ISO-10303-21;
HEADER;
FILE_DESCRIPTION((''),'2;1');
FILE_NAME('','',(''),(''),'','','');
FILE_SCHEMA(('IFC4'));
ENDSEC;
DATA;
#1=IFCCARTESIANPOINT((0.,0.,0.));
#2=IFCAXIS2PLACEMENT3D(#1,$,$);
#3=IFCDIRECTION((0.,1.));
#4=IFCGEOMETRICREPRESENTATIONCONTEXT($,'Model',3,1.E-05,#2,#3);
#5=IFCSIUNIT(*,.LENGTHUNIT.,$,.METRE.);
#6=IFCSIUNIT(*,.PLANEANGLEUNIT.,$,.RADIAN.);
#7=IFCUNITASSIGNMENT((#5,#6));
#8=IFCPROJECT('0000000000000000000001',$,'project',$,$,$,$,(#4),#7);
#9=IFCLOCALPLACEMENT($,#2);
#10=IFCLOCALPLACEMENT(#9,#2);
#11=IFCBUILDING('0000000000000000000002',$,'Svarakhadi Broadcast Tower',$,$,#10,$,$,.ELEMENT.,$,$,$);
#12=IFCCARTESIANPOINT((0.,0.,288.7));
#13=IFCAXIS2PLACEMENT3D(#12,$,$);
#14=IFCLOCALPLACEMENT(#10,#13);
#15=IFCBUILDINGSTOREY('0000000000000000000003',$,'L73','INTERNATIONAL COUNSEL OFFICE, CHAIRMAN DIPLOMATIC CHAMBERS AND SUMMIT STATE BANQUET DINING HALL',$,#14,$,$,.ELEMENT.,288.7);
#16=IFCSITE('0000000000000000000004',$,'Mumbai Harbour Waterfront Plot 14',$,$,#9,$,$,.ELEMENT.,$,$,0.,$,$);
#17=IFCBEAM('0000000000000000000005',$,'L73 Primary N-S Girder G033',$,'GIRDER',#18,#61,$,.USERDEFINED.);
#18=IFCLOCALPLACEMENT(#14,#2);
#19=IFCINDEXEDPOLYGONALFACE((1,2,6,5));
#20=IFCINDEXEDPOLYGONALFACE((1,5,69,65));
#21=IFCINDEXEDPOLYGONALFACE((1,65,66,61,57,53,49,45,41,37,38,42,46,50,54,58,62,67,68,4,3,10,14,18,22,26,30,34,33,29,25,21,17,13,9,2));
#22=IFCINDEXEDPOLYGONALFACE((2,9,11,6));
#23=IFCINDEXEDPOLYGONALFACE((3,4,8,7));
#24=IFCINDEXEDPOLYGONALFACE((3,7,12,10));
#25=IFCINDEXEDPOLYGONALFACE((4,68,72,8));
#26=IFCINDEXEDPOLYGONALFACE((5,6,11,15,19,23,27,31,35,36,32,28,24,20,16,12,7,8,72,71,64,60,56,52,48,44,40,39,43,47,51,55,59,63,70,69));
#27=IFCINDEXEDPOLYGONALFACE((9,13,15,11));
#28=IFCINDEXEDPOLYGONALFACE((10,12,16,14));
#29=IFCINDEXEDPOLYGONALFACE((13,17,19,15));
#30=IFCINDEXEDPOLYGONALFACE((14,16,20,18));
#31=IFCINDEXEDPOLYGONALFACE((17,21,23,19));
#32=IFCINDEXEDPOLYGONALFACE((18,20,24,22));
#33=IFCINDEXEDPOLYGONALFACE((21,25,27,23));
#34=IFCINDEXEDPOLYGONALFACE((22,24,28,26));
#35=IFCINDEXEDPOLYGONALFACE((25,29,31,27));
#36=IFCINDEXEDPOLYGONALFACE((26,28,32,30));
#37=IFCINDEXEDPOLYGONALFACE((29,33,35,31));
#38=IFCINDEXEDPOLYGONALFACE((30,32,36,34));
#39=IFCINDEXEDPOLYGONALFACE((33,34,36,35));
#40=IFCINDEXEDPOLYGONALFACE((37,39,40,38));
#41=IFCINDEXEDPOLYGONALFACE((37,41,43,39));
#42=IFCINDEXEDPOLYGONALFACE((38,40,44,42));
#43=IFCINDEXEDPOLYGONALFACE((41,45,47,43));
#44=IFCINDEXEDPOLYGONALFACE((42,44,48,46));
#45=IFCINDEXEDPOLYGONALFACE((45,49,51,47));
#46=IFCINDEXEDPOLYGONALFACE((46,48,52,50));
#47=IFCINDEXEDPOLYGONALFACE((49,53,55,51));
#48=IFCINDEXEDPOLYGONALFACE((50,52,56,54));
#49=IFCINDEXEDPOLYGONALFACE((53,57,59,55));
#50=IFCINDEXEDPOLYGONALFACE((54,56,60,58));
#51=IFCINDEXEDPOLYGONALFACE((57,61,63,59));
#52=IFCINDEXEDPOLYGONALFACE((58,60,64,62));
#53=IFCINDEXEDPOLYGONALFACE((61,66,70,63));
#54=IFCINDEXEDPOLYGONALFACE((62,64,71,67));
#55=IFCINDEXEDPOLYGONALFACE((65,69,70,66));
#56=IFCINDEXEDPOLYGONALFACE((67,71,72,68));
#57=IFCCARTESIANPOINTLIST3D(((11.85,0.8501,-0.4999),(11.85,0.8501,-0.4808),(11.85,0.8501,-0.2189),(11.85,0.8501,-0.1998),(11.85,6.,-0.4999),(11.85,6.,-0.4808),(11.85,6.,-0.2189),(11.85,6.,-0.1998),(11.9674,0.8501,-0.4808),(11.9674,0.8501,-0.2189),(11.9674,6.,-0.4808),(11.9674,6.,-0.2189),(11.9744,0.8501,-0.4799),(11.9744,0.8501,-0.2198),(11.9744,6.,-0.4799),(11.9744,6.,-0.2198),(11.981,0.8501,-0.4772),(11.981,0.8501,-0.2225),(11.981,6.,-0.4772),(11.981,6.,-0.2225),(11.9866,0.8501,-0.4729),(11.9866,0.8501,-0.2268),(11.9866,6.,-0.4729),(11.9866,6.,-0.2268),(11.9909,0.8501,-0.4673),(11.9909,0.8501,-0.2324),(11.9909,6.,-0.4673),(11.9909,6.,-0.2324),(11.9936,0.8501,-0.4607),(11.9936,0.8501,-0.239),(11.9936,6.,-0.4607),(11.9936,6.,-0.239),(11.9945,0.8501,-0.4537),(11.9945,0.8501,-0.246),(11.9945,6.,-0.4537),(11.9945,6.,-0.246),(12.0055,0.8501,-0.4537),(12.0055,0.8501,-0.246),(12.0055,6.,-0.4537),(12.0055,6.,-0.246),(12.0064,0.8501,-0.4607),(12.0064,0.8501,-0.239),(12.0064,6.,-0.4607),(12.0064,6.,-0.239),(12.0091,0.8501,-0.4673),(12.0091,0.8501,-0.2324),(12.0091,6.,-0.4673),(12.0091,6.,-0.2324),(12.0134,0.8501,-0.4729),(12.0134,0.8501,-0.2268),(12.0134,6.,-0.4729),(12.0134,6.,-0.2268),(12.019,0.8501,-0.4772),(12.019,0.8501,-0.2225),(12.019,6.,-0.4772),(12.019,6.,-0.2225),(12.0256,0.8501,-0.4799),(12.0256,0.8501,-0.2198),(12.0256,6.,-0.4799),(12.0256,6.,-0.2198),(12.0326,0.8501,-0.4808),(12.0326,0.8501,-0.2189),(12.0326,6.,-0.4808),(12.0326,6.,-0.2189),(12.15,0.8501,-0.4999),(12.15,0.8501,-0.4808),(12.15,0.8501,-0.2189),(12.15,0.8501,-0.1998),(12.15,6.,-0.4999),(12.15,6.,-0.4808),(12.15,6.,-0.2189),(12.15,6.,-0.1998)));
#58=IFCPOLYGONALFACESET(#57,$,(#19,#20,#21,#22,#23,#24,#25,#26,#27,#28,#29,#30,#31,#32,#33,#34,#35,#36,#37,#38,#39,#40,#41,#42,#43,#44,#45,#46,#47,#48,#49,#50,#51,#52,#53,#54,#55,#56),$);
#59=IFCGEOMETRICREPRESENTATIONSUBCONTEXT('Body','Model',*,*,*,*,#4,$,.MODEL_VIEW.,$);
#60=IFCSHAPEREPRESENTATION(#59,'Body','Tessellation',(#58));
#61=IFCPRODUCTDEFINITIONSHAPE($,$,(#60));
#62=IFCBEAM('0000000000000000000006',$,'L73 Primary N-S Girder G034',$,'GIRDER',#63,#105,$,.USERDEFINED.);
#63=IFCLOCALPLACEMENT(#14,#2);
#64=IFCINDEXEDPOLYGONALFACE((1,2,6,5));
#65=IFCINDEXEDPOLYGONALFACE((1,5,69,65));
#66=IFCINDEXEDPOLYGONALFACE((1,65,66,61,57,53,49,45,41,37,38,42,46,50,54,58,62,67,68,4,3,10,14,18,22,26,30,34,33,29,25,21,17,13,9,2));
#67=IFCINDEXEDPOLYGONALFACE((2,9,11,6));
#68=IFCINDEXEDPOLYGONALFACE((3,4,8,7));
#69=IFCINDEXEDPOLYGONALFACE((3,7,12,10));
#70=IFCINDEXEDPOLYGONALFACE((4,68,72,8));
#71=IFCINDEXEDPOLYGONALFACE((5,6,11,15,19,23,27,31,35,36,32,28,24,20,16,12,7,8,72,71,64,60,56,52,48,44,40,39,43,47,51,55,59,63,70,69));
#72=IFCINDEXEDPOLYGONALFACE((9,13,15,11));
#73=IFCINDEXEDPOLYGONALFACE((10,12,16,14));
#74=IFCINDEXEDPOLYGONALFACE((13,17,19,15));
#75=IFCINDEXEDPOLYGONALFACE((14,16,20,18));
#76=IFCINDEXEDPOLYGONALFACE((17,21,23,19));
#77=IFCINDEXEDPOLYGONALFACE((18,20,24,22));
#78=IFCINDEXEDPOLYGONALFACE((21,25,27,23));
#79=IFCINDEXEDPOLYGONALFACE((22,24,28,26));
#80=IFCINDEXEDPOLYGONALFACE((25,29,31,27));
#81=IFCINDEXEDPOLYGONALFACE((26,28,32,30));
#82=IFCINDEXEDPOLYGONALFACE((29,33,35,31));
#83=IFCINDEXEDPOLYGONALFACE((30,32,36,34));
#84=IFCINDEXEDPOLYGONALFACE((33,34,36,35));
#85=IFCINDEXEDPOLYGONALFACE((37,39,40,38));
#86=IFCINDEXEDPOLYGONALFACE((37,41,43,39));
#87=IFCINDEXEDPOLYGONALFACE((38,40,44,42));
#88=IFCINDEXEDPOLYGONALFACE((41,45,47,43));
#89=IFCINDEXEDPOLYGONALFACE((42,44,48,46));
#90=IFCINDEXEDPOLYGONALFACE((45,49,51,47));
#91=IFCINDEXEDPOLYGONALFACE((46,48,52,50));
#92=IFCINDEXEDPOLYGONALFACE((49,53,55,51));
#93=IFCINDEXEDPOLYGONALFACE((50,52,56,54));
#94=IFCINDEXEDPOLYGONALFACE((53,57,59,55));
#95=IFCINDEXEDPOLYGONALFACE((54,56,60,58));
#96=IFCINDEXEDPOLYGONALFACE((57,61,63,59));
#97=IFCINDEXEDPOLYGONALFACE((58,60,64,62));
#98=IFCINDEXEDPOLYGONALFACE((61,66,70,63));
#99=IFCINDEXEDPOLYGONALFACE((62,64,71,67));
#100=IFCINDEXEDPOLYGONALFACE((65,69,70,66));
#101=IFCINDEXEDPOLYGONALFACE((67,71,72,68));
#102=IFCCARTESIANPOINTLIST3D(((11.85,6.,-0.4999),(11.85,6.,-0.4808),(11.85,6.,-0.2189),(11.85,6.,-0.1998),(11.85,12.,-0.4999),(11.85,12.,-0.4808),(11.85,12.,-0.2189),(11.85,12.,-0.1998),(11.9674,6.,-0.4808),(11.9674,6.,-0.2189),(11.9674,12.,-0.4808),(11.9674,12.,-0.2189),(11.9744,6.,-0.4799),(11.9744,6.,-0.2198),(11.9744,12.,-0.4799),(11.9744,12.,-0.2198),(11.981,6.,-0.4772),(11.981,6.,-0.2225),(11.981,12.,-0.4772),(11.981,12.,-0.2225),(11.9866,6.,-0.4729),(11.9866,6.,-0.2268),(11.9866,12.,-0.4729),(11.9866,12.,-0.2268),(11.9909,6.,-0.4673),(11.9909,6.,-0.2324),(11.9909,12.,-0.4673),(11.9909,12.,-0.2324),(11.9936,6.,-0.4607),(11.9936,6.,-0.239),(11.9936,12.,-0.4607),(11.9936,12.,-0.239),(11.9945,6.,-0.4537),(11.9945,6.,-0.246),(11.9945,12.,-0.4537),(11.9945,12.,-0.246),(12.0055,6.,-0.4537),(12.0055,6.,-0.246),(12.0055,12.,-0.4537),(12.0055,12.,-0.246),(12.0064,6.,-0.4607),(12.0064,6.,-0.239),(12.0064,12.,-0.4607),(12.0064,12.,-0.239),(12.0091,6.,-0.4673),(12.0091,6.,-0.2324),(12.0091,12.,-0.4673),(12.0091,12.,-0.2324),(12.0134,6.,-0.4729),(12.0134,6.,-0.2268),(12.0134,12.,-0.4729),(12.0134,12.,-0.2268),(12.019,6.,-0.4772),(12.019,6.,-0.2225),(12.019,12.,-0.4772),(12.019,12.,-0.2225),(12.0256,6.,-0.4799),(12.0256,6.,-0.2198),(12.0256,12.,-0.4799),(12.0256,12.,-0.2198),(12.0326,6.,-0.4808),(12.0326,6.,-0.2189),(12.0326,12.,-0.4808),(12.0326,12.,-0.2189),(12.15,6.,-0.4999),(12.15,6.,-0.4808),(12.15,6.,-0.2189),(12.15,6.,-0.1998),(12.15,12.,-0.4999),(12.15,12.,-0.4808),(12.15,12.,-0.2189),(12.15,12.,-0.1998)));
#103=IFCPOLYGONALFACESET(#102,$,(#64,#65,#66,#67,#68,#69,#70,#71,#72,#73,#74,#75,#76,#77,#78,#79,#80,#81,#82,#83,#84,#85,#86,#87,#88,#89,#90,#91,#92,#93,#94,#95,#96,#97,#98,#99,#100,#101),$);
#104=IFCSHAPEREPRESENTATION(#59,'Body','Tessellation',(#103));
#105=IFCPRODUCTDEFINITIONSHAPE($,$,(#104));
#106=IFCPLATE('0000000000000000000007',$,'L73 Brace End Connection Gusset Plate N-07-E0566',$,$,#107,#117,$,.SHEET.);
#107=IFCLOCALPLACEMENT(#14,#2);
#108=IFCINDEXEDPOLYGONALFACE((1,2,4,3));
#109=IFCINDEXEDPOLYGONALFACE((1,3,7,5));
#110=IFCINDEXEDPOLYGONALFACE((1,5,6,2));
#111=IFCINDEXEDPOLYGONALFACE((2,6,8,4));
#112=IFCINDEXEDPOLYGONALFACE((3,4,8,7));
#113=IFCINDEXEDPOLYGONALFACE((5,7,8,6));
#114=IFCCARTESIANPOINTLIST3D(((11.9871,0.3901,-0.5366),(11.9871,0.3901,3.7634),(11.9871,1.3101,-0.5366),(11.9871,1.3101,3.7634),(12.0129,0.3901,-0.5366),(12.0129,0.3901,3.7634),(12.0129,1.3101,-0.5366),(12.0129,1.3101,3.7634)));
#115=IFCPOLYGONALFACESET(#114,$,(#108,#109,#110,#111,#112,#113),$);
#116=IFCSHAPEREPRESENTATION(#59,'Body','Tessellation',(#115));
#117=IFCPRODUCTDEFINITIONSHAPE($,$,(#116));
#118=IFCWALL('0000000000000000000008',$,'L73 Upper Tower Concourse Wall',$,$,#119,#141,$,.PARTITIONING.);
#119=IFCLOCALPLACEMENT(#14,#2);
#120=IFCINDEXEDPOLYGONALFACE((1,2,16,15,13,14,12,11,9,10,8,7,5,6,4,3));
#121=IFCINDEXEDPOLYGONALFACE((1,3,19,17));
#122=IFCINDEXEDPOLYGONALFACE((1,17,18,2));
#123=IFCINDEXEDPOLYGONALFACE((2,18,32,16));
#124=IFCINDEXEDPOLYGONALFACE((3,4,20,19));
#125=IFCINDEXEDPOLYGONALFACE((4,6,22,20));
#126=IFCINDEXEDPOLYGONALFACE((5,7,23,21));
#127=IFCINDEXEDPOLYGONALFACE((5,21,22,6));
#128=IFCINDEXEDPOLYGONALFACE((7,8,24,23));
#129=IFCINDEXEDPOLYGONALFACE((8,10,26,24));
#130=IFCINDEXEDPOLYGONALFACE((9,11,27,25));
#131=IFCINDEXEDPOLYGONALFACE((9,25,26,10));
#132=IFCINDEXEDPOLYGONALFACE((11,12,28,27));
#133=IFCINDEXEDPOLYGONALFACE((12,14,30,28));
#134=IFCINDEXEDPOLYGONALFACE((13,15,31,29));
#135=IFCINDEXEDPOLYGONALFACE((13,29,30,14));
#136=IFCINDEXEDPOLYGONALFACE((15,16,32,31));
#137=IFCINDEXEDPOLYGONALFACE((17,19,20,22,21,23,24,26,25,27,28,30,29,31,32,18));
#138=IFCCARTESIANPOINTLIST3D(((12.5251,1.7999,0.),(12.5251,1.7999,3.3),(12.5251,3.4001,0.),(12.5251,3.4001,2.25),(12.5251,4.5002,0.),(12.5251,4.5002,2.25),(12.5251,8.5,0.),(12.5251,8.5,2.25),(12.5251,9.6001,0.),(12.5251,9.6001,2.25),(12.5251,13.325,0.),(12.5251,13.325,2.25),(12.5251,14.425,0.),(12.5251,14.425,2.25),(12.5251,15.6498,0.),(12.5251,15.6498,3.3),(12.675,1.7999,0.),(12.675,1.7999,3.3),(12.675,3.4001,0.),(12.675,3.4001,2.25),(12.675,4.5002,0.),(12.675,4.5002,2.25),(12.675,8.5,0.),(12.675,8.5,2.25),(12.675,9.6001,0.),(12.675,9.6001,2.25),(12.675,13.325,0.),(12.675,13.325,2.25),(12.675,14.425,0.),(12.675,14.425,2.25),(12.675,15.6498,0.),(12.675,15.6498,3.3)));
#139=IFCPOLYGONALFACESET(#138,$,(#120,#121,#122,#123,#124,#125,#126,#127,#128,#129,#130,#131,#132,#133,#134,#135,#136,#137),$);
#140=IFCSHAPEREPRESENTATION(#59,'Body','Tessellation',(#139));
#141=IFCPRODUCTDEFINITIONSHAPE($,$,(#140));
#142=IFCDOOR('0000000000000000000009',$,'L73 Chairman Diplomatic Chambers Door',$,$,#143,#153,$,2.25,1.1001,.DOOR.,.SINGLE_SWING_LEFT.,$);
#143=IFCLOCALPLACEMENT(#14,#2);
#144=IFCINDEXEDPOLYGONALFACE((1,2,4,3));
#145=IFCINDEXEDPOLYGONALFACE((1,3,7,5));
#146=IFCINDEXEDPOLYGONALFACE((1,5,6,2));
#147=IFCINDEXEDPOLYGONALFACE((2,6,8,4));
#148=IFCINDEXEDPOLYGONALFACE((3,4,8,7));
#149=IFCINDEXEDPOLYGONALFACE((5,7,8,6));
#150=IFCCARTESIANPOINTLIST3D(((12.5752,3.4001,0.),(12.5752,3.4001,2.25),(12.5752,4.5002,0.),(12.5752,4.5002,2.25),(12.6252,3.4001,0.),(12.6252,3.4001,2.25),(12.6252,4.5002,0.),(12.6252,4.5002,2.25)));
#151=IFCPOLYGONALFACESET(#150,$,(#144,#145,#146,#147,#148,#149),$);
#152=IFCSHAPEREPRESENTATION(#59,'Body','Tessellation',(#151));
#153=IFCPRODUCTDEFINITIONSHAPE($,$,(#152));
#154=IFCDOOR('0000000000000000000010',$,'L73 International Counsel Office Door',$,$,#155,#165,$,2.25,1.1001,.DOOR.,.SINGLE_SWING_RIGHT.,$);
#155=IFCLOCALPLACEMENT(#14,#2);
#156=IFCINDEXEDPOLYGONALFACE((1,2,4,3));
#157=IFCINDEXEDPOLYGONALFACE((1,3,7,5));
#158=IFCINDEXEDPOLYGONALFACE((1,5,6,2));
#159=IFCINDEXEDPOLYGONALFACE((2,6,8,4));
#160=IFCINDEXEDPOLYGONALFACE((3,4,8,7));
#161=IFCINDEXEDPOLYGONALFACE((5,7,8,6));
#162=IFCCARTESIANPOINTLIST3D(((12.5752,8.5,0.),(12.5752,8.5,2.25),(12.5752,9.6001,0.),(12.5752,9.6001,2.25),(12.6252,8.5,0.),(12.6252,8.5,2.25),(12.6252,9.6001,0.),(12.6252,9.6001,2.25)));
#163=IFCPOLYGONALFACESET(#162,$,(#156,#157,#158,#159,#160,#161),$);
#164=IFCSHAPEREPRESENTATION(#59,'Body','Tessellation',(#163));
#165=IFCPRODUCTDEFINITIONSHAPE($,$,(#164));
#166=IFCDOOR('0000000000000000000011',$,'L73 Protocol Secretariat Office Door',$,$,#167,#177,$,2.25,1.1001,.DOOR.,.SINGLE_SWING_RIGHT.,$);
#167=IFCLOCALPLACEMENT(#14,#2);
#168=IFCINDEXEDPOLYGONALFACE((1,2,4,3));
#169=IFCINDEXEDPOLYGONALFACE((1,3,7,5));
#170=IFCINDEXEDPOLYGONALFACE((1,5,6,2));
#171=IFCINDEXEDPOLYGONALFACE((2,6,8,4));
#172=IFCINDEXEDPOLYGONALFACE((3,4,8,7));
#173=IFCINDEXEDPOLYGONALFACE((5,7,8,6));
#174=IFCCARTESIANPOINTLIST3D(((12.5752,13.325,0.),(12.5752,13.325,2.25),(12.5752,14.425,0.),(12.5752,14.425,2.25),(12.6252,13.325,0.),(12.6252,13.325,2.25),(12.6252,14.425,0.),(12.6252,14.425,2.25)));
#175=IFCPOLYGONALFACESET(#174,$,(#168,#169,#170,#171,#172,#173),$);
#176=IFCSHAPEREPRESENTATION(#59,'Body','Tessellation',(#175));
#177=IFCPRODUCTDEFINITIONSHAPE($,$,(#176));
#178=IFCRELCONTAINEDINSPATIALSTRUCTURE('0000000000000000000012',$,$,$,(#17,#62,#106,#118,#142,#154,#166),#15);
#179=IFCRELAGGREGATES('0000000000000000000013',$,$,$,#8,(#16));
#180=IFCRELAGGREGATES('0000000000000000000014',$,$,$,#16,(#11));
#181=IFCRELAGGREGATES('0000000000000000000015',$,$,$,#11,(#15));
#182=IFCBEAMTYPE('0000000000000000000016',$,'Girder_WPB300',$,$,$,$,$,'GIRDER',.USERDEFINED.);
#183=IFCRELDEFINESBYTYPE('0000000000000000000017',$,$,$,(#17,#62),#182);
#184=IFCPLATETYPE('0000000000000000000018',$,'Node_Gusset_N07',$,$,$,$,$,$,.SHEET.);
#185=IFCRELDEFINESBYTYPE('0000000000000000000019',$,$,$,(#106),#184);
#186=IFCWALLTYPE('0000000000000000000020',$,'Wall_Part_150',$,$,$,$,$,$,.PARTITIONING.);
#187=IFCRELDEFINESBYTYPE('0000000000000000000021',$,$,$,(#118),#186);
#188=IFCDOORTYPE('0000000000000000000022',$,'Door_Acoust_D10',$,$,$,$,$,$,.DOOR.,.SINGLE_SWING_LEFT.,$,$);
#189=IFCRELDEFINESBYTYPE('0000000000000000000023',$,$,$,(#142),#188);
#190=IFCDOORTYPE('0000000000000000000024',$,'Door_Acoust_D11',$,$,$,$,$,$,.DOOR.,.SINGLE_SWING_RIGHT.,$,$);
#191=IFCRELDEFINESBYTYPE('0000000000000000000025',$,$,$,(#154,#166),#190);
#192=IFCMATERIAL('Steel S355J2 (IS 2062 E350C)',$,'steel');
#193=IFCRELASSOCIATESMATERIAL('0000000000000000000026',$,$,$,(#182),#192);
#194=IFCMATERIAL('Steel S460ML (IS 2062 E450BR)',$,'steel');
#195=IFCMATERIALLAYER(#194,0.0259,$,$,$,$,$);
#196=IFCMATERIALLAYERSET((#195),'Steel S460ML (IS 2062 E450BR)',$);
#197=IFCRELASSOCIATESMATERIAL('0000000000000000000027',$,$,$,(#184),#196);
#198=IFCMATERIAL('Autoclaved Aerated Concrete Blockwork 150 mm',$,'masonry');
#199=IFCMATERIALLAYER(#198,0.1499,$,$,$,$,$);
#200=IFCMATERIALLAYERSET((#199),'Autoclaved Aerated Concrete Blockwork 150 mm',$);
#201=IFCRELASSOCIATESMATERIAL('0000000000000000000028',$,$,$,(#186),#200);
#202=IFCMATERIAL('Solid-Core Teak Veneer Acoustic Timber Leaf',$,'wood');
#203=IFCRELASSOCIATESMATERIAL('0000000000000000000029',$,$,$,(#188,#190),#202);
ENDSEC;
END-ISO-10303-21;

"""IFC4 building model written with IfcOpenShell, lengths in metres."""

from ifc_helpers import new_model, si_unit, direction, frame, frame_2d, origin, origin_2d, place, context, subcontext, project, spatial, rectangle, i_section, extrude, material, layer, layer_set, material_profile, profile_set, type_object, element, fill, save


model = new_model("IFC4")

# Units and contexts
model_context = context("Model", 3, precision=1e-05, world=origin(), true_north=direction((0.0, 1.0)))
body_context = subcontext(model_context, "Body", "Model", "MODEL_VIEW")
ifc_project = project(units=[si_unit("LENGTHUNIT", "METRE"), si_unit("PLANEANGLEUNIT", "RADIAN")], contexts=[model_context])

# Site, building, storey
site_placement = place(None, origin())
site = spatial("IfcSite", under=ifc_project, at=site_placement, Name="Mumbai Harbour Waterfront Plot 14", CompositionType="ELEMENT", RefElevation=0.0)
building_placement = place(site_placement, origin())
building = spatial("IfcBuilding", under=site, at=building_placement, Name="Svarakhadi Broadcast Tower", CompositionType="ELEMENT")
storey_placement = place(building_placement, frame((0.0, 0.0, 288.7)))
storey = spatial("IfcBuildingStorey", under=building, at=storey_placement, Name="L73", Description="INTERNATIONAL COUNSEL OFFICE, CHAIRMAN DIPLOMATIC CHAMBERS AND SUMMIT STATE BANQUET DINING HALL", CompositionType="ELEMENT", Elevation=288.7)

# Shared definitions
ifc_material_1 = material(Name="Steel S460ML (IS 2062 E450BR)", Category="steel")

# Shared definitions
ifc_material_2 = material(Name="Steel S355J2 (IS 2062 E350C)", Category="steel")

# Beams
ifc_material_profile_1 = material_profile(ifc_material_2, i_section(OverallWidth=0.3, OverallDepth=0.3, WebThickness=0.011, FlangeThickness=0.019, FilletRadius=0.0271, at=origin_2d()), Name="WPB 300x300x117")
ifc_profile_set_1 = profile_set([ifc_material_profile_1], Name="Steel S355J2 (IS 2062 E350C)")
beam_type_1 = type_object("IfcBeamType", Name="Girder_WPB300", ElementType="GIRDER", PredefinedType="USERDEFINED", material=ifc_profile_set_1)
beam_1_placement = place(storey_placement, frame((12.0, 0.8501, -0.3499), z_axis=(0.0, 1.0, 0.0), x_axis=(-1.0, 0.0, 0.0)))
element("IfcBeam", 1, at=beam_1_placement, inside=storey, type_object=beam_type_1, Name="L73 Primary N-S Girder G033", ObjectType="GIRDER", PredefinedType="USERDEFINED", context=body_context, shape_type="SweptSolid", body=[
    extrude(i_section(OverallWidth=0.3, OverallDepth=0.3, WebThickness=0.011, FlangeThickness=0.019, FilletRadius=0.0271, at=origin_2d()), origin(), (0.0, 0.0, 1.0), 5.1499),
])
beam_2_placement = place(storey_placement, frame((12.0, 6.0, -0.3499), z_axis=(0.0, 1.0, 0.0), x_axis=(-1.0, 0.0, 0.0)))
element("IfcBeam", 2, at=beam_2_placement, inside=storey, type_object=beam_type_1, Name="L73 Primary N-S Girder G034", ObjectType="GIRDER", PredefinedType="USERDEFINED", context=body_context, shape_type="SweptSolid", body=[
    extrude(i_section(OverallWidth=0.3, OverallDepth=0.3, WebThickness=0.011, FlangeThickness=0.019, FilletRadius=0.0271, at=origin_2d()), origin(), (0.0, 0.0, 1.0), 6.0),
])

# Plate
ifc_layer_1 = layer(ifc_material_1, 0.0259)
ifc_layer_set_1 = layer_set([ifc_layer_1], Name="Steel S460ML (IS 2062 E450BR)")
plate_type = type_object("IfcPlateType", Name="Node_Gusset_N07", PredefinedType="SHEET", material=ifc_layer_set_1)
plate_placement = place(storey_placement, frame((12.0, 0.8501, -0.5366), z_axis=(0.0, 0.0, 1.0), x_axis=(0.0, 1.0, 0.0)))
element("IfcPlate", 3, at=plate_placement, inside=storey, type_object=plate_type, Name="L73 Brace End Connection Gusset Plate N-07-E0566", PredefinedType="SHEET", context=body_context, shape_type="SweptSolid", body=[
    extrude(rectangle(XDim=0.9199, YDim=0.0259, at=origin_2d()), origin(), (0.0, 0.0, 1.0), 4.3),
])

# Wall, openings, doors
ifc_material_3 = material(Name="Autoclaved Aerated Concrete Blockwork 150 mm", Category="masonry")
ifc_layer_2 = layer(ifc_material_3, 0.1499)
ifc_layer_set_2 = layer_set([ifc_layer_2], Name="Autoclaved Aerated Concrete Blockwork 150 mm")
wall_type = type_object("IfcWallType", Name="Wall_Part_150", PredefinedType="PARTITIONING", material=ifc_layer_set_2)
wall_placement = place(storey_placement, frame((12.6001, 1.8, 0.0), z_axis=(0.0, 0.0, 1.0), x_axis=(0.0, 1.0, 0.0)))
wall = element("IfcWall", 4, at=wall_placement, inside=storey, type_object=wall_type, Name="L73 Upper Tower Concourse Wall", PredefinedType="PARTITIONING", context=body_context, shape_type="SweptSolid", body=[
    extrude(rectangle(XDim=13.8499, YDim=0.1499, at=frame_2d((6.9248, 0.0))), origin(), (0.0, 0.0, 1.0), 3.3),
])
opening_1_placement = place(wall_placement, frame((1.6001, 0.0, 0.0)))
opening_1 = element("IfcOpeningElement", 5, at=opening_1_placement, cuts=wall, PredefinedType="OPENING", context=body_context, shape_type="SweptSolid", body=[
    extrude(rectangle(XDim=1.1001, YDim=2.25, at=frame_2d((0.55, 1.125))), frame((0.0, 0.085, 0.0), z_axis=(0.0, -1.0, 0.0), x_axis=(1.0, 0.0, 0.0)), (0.0, 0.0, 1.0), 0.1699),
])
opening_2_placement = place(wall_placement, frame((6.7, 0.0, 0.0)))
opening_2 = element("IfcOpeningElement", 6, at=opening_2_placement, cuts=wall, PredefinedType="OPENING", context=body_context, shape_type="SweptSolid", body=[
    extrude(rectangle(XDim=1.1001, YDim=2.25, at=frame_2d((0.55, 1.125))), frame((0.0, 0.085, 0.0), z_axis=(0.0, -1.0, 0.0), x_axis=(1.0, 0.0, 0.0)), (0.0, 0.0, 1.0), 0.1699),
])
opening_3_placement = place(wall_placement, frame((11.5249, 0.0, 0.0)))
opening_3 = element("IfcOpeningElement", 7, at=opening_3_placement, cuts=wall, PredefinedType="OPENING", context=body_context, shape_type="SweptSolid", body=[
    extrude(rectangle(XDim=1.1001, YDim=2.25, at=frame_2d((0.55, 1.125))), frame((0.0, 0.085, 0.0), z_axis=(0.0, -1.0, 0.0), x_axis=(1.0, 0.0, 0.0)), (0.0, 0.0, 1.0), 0.1699),
])
ifc_material_4 = material(Name="Solid-Core Teak Veneer Acoustic Timber Leaf", Category="wood")
door_type_1 = type_object("IfcDoorType", Name="Door_Acoust_D10", OperationType="SINGLE_SWING_LEFT", PredefinedType="DOOR", material=ifc_material_4)
door_1_placement = place(opening_1_placement, origin())
door_1 = element("IfcDoor", 8, at=door_1_placement, inside=storey, type_object=door_type_1, Name="L73 Chairman Diplomatic Chambers Door", OperationType="SINGLE_SWING_LEFT", OverallHeight=2.25, OverallWidth=1.1001, PredefinedType="DOOR", context=body_context, shape_type="SweptSolid", body=[
    extrude(rectangle(XDim=1.1001, YDim=2.25, at=frame_2d((0.55, 1.125))), frame((0.0, 0.0249, 0.0), z_axis=(0.0, -1.0, 0.0), x_axis=(1.0, 0.0, 0.0)), (0.0, 0.0, 1.0), 0.05),
])
fill(opening_1, door_1)
door_type_2 = type_object("IfcDoorType", Name="Door_Acoust_D11", OperationType="SINGLE_SWING_RIGHT", PredefinedType="DOOR", material=ifc_material_4)
door_2_placement = place(opening_2_placement, origin())
door_2 = element("IfcDoor", 9, at=door_2_placement, inside=storey, type_object=door_type_2, Name="L73 International Counsel Office Door", OperationType="SINGLE_SWING_RIGHT", OverallHeight=2.25, OverallWidth=1.1001, PredefinedType="DOOR", context=body_context, shape_type="SweptSolid", body=[
    extrude(rectangle(XDim=1.1001, YDim=2.25, at=frame_2d((0.55, 1.125))), frame((0.0, 0.0249, 0.0), z_axis=(0.0, -1.0, 0.0), x_axis=(1.0, 0.0, 0.0)), (0.0, 0.0, 1.0), 0.05),
])
fill(opening_2, door_2)
door_3_placement = place(opening_3_placement, origin())
door_3 = element("IfcDoor", 10, at=door_3_placement, inside=storey, type_object=door_type_2, Name="L73 Protocol Secretariat Office Door", OperationType="SINGLE_SWING_RIGHT", OverallHeight=2.25, OverallWidth=1.1001, PredefinedType="DOOR", context=body_context, shape_type="SweptSolid", body=[
    extrude(rectangle(XDim=1.1001, YDim=2.25, at=frame_2d((0.55, 1.125))), frame((0.0, 0.0249, 0.0), z_axis=(0.0, -1.0, 0.0), x_axis=(1.0, 0.0, 0.0)), (0.0, 0.0, 1.0), 0.05),
])
fill(opening_3, door_3)

save(model, "model.ifc")
